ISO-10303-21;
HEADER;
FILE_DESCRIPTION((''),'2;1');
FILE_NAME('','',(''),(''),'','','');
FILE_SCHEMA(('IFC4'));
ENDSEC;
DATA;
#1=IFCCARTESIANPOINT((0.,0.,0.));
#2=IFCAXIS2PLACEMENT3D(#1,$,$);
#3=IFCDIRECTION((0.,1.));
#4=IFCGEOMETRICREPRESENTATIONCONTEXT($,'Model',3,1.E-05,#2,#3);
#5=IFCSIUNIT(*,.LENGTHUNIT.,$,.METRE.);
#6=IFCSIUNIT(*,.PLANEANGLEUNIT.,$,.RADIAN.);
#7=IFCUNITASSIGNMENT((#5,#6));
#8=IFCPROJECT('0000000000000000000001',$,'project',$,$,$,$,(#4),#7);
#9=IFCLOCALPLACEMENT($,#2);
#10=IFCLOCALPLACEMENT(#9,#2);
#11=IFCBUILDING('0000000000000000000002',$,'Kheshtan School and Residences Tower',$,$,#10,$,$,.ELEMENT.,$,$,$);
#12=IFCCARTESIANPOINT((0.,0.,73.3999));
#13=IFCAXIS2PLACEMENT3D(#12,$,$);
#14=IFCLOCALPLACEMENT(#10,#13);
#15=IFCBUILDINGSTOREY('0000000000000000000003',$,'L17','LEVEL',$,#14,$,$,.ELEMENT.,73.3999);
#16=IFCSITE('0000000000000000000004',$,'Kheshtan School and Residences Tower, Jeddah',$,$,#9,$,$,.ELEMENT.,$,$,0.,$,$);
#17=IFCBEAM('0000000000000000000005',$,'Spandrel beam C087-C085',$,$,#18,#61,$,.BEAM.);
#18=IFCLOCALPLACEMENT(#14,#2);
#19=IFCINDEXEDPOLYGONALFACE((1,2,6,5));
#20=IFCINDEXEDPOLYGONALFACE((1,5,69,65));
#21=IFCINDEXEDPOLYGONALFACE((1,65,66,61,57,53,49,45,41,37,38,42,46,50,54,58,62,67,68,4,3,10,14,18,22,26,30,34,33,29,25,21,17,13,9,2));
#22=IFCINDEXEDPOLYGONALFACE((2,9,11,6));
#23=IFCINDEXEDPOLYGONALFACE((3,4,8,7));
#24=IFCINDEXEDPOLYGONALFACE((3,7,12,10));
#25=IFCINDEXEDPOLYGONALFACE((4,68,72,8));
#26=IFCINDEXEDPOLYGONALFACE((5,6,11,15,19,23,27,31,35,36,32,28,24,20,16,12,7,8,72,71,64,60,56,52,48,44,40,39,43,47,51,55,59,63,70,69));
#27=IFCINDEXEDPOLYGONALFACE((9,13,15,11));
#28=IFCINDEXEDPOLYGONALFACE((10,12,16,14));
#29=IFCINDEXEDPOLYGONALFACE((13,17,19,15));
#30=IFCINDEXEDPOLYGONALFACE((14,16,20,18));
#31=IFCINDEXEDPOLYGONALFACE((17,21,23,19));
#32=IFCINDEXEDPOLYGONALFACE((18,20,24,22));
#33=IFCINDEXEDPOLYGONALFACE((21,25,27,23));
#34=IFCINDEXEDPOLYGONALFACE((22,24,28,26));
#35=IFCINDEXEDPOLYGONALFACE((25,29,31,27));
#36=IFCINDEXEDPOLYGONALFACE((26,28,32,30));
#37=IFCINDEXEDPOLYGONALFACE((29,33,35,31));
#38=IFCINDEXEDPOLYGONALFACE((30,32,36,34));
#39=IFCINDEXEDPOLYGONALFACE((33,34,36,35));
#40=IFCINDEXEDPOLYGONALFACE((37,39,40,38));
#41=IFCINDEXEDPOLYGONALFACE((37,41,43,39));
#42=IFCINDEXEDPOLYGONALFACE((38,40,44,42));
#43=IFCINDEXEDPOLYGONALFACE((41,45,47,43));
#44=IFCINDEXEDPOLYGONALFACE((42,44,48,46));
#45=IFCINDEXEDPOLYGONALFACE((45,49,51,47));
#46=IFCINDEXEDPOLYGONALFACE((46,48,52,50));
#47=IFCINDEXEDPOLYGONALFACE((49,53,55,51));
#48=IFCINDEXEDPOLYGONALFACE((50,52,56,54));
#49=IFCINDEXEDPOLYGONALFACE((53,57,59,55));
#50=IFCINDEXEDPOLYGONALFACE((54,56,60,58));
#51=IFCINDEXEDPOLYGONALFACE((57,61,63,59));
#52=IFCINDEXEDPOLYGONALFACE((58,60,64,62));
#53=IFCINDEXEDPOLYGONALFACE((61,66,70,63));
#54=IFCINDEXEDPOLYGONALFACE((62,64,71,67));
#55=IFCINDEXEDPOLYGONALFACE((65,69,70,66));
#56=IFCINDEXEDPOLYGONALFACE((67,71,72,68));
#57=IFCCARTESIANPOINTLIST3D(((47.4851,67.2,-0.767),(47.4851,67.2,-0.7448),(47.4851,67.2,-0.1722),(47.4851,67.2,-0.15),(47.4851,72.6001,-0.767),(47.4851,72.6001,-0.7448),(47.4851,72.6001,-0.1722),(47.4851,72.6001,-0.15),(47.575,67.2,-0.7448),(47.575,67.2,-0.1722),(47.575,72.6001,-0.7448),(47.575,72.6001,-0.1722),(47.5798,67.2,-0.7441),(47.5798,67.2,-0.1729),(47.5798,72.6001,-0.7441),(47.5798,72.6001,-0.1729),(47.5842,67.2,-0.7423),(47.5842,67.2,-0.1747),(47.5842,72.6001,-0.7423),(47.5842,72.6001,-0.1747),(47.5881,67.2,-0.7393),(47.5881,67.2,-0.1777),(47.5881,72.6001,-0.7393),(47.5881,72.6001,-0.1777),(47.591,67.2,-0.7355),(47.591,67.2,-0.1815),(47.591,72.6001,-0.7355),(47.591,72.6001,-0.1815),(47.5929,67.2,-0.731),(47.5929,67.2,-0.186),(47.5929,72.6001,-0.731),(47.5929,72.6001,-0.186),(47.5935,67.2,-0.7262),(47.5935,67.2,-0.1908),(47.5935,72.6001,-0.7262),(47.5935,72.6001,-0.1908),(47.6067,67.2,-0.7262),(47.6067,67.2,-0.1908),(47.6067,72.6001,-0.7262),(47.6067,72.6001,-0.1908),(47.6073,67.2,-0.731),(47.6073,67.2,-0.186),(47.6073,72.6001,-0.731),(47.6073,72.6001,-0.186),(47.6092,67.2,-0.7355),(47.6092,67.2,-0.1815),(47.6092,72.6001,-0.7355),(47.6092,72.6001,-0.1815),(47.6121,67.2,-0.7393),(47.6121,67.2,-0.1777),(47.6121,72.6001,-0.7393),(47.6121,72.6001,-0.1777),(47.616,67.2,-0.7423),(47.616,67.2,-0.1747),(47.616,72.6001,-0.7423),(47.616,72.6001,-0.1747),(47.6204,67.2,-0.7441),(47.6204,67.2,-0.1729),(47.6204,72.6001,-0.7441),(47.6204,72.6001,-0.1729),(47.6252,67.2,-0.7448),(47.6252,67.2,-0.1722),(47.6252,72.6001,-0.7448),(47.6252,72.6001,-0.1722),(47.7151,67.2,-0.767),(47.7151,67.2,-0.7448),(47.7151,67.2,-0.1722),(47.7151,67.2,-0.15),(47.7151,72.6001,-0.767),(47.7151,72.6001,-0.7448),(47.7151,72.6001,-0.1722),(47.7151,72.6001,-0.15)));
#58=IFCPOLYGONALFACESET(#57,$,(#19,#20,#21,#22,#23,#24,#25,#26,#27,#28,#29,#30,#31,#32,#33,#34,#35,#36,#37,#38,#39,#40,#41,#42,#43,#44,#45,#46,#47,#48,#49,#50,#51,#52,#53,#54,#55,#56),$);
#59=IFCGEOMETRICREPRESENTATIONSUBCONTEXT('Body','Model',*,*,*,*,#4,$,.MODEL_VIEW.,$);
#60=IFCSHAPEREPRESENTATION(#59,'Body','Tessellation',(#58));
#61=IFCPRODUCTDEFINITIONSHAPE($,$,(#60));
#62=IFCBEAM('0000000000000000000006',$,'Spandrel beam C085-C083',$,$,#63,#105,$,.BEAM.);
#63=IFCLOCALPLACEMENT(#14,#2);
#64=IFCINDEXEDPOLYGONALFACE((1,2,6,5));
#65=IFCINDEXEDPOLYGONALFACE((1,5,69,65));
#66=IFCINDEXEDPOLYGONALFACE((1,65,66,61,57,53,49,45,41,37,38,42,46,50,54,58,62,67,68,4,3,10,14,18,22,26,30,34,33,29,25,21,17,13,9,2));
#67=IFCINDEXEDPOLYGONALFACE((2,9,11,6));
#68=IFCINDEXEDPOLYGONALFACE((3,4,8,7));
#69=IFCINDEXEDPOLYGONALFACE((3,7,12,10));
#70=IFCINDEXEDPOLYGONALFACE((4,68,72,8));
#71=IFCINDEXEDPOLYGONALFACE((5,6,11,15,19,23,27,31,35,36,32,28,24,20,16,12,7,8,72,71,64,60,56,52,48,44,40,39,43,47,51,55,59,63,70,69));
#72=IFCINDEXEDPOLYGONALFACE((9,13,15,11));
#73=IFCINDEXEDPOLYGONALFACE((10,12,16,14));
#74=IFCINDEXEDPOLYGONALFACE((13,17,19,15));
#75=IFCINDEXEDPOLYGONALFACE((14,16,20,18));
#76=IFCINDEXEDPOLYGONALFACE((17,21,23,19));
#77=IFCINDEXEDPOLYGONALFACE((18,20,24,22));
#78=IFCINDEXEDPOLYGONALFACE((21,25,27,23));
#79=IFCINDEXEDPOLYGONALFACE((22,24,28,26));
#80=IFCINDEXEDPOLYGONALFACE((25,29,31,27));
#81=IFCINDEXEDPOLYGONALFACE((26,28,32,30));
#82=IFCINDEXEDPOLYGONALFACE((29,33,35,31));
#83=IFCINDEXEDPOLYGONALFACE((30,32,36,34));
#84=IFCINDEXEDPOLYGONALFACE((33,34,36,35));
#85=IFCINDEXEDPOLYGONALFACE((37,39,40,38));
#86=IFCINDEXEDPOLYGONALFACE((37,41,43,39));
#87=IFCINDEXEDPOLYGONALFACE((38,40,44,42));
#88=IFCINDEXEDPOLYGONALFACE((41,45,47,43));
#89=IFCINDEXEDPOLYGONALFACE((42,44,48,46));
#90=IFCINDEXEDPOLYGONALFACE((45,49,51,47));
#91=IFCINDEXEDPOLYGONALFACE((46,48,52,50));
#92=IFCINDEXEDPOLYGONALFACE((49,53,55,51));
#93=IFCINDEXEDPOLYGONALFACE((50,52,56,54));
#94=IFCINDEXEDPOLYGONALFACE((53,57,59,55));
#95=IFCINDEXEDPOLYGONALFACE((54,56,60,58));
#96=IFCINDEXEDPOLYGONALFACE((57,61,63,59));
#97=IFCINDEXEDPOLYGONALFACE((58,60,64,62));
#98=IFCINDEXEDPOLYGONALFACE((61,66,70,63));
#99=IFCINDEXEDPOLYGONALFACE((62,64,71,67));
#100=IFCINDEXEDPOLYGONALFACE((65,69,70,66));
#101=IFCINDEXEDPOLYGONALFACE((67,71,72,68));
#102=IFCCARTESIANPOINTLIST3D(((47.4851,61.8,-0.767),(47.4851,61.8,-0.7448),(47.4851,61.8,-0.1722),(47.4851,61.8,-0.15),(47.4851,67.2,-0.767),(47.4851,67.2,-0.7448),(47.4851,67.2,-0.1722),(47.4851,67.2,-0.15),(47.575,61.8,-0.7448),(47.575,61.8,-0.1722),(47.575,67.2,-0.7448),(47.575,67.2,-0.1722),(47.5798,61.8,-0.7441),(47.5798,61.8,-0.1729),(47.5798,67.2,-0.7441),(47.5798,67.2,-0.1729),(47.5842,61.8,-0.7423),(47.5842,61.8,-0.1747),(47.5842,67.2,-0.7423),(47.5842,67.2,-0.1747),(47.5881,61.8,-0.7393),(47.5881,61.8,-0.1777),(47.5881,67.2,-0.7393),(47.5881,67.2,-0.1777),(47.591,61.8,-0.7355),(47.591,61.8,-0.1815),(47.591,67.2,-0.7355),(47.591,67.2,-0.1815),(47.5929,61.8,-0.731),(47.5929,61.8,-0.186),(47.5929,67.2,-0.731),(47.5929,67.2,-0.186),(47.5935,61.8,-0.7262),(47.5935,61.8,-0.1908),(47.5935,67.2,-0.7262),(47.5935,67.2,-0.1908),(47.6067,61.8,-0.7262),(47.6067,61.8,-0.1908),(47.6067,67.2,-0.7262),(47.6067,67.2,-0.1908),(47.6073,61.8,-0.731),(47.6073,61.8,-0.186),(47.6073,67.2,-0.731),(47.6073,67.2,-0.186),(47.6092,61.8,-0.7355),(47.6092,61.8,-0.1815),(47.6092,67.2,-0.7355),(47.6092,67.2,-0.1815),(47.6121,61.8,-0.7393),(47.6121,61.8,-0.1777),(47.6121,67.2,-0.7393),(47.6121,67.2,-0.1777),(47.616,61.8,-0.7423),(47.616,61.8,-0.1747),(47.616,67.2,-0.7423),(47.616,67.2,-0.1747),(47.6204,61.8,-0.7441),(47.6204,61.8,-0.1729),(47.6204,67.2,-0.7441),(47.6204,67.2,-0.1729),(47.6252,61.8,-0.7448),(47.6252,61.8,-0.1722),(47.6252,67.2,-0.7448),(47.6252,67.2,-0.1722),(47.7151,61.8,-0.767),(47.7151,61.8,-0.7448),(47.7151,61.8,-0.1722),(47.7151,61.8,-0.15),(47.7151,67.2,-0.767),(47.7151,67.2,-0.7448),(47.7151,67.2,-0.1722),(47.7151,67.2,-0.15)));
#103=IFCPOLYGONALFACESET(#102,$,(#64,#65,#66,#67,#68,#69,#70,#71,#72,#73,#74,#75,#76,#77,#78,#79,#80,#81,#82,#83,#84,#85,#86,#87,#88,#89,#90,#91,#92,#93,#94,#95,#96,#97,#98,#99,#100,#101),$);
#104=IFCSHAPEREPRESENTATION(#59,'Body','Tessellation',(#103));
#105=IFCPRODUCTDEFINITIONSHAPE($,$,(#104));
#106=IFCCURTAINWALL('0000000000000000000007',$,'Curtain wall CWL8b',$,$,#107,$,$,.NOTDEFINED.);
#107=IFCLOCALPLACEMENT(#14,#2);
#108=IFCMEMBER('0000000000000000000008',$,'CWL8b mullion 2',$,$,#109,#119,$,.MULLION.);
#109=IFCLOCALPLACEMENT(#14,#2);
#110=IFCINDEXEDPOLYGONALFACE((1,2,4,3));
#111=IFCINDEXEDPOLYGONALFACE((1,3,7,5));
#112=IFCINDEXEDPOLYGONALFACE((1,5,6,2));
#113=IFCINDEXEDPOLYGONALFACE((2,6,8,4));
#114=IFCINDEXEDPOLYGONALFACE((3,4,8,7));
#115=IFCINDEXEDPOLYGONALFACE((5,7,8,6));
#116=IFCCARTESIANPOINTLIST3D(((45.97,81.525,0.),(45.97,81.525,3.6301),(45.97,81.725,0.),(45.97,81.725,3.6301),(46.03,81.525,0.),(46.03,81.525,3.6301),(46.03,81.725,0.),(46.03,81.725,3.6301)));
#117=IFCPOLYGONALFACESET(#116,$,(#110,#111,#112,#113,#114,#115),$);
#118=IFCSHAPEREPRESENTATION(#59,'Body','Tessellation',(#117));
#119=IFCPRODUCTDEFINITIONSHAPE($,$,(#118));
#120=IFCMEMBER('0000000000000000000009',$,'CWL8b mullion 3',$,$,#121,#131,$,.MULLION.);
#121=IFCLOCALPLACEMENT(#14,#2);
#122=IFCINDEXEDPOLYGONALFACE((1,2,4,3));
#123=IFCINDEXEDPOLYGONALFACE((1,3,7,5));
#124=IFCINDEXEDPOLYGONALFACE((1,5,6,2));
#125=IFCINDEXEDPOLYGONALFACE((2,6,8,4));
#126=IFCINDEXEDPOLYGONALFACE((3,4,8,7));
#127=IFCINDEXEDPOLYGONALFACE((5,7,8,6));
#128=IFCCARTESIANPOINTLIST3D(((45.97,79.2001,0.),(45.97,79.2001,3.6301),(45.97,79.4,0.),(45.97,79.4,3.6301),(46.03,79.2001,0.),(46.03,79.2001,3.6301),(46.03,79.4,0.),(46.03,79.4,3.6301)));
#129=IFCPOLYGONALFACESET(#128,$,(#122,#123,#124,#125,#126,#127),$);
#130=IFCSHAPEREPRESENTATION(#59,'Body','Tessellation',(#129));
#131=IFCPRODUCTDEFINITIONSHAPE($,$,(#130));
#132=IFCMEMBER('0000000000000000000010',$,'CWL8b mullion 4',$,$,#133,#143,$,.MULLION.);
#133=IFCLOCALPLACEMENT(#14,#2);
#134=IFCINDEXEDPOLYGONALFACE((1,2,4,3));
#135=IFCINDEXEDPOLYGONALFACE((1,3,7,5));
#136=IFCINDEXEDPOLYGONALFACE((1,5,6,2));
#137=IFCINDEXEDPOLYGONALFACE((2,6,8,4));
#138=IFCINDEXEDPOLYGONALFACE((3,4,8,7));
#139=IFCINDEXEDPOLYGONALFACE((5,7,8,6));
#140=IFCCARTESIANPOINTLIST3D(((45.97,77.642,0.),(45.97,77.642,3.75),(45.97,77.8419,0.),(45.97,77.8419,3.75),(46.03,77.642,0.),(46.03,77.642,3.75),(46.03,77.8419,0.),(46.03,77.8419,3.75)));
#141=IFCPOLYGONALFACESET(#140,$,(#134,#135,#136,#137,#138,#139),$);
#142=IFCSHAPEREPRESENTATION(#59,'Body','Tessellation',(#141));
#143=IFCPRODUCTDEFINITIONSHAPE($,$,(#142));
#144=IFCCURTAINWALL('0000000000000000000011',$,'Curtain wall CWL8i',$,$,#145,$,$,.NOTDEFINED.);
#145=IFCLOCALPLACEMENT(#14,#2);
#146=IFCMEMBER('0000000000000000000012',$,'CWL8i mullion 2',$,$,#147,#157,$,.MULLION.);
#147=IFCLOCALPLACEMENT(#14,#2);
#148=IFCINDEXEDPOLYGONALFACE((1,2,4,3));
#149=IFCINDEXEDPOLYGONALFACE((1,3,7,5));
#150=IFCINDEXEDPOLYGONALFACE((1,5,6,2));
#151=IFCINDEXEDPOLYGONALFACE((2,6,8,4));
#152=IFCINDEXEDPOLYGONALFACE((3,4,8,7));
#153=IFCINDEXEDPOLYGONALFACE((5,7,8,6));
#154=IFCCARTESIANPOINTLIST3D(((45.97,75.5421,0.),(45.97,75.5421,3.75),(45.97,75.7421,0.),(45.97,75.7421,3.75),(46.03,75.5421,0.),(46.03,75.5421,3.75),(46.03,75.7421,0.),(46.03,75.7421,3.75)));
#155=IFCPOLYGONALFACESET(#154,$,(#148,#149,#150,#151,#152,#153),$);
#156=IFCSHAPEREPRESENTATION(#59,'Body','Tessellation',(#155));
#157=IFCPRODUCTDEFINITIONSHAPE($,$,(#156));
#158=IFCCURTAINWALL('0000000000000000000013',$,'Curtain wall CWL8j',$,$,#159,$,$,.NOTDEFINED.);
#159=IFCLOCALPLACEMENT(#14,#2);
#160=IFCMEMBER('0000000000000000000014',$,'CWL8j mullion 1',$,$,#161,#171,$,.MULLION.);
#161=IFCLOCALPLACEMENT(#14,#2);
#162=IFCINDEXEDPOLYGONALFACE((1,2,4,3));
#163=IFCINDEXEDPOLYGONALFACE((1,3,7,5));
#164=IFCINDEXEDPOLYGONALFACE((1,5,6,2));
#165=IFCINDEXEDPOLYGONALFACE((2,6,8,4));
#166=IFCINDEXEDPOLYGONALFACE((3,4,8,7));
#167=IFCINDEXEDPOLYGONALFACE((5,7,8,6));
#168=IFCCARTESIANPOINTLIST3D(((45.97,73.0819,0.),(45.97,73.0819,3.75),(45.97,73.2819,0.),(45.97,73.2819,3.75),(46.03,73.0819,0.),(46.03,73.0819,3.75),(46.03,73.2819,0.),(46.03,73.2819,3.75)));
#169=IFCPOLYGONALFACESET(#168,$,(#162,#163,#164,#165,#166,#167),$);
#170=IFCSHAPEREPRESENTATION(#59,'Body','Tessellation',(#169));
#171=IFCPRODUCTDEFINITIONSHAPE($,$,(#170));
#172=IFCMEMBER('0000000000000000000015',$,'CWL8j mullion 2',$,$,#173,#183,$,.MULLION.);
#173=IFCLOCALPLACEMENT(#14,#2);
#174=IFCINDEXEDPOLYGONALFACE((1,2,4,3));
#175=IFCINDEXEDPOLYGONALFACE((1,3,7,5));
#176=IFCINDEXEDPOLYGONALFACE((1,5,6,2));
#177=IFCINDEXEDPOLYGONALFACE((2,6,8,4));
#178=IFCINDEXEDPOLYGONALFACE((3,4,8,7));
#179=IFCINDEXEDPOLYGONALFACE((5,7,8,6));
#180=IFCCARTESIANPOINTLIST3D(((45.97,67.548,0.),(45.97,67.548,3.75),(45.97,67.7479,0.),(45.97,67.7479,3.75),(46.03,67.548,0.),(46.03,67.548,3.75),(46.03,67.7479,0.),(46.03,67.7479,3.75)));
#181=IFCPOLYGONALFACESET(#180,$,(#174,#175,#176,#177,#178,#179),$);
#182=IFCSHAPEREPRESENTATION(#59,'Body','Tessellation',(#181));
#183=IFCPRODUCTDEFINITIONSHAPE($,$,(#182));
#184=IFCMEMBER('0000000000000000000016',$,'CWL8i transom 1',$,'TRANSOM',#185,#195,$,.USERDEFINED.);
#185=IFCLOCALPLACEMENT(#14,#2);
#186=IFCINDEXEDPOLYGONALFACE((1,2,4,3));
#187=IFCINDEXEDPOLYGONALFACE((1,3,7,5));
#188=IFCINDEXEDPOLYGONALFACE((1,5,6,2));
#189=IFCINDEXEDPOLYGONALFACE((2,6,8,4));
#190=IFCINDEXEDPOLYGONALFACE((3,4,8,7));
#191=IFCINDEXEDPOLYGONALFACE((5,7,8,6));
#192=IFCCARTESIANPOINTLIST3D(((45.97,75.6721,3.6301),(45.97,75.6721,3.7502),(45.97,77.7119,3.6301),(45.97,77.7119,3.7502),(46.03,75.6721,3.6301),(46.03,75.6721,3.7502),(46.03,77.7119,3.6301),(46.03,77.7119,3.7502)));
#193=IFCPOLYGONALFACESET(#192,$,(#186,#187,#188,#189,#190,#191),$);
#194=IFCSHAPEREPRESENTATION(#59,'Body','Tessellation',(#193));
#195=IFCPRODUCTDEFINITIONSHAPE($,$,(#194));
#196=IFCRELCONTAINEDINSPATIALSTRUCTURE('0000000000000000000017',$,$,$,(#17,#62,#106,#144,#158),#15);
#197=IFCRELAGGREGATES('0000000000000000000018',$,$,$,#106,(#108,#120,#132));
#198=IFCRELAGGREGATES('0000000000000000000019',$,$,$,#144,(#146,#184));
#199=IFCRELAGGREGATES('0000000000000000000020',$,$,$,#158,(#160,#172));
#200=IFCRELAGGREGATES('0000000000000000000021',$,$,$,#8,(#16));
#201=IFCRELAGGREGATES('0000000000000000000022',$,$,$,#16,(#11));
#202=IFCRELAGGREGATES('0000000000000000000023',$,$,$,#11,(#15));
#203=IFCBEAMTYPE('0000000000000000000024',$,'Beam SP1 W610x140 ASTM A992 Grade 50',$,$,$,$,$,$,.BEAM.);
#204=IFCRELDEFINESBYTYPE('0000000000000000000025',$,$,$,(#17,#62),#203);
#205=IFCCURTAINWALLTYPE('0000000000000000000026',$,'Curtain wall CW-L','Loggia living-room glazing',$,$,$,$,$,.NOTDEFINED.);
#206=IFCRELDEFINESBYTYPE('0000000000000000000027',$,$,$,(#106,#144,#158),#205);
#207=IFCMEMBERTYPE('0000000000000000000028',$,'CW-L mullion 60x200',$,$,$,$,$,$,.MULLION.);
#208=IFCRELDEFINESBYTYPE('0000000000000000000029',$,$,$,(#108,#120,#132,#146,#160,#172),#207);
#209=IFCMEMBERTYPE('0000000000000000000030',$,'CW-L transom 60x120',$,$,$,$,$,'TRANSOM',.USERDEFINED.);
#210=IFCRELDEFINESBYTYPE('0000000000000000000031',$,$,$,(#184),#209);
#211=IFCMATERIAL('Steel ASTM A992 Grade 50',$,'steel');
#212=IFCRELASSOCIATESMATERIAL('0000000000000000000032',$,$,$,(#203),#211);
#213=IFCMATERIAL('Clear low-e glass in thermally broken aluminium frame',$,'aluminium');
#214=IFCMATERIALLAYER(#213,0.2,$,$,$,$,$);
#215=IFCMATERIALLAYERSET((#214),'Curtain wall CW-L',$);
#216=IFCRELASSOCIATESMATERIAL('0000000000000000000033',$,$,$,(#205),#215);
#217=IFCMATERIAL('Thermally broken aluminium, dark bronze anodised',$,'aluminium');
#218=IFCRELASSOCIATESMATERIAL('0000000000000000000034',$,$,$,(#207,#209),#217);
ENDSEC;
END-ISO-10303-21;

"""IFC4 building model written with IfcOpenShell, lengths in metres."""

from ifc_helpers import new_model, si_unit, direction, frame, origin, origin_2d, place, context, subcontext, project, spatial, rectangle, i_section, extrude, material, layer, layer_set, material_profile, profile_set, type_object, element, aggregate, save


model = new_model("IFC4")

# Units and contexts
model_context = context("Model", 3, precision=1e-05, world=origin(), true_north=direction((0.0, 1.0)))
body_context = subcontext(model_context, "Body", "Model", "MODEL_VIEW")
ifc_project = project(units=[si_unit("LENGTHUNIT", "METRE"), si_unit("PLANEANGLEUNIT", "RADIAN")], contexts=[model_context])

# Site, building, storey
site_placement = place(None, origin())
site = spatial("IfcSite", under=ifc_project, at=site_placement, Name="Kheshtan School and Residences Tower, Jeddah", CompositionType="ELEMENT", RefElevation=0.0)
building_placement = place(site_placement, origin())
building = spatial("IfcBuilding", under=site, at=building_placement, Name="Kheshtan School and Residences Tower", CompositionType="ELEMENT")
storey_placement = place(building_placement, frame((0.0, 0.0, 73.3999)))
storey = spatial("IfcBuildingStorey", under=building, at=storey_placement, Name="L17", Description="LEVEL", CompositionType="ELEMENT", Elevation=73.3999)

# Shared definitions
ifc_material_1 = material(Name="Steel ASTM A992 Grade 50", Category="steel")

# Beams
ifc_material_profile_1 = material_profile(ifc_material_1, i_section(OverallWidth=0.23, OverallDepth=0.6169, WebThickness=0.0132, FlangeThickness=0.0222, FilletRadius=0.0186, at=origin_2d()), Name="W610x140")
ifc_profile_set_1 = profile_set([ifc_material_profile_1], Name="Steel ASTM A992 Grade 50")
beam_type = type_object("IfcBeamType", Name="Beam SP1 W610x140 ASTM A992 Grade 50", PredefinedType="BEAM", material=ifc_profile_set_1)
beam_1_placement = place(storey_placement, frame((47.6001, 72.6001, -0.4585), z_axis=(0.0, -1.0, 0.0), x_axis=(1.0, 0.0, 0.0)))
element("IfcBeam", 1, at=beam_1_placement, inside=storey, type_object=beam_type, Name="Spandrel beam C087-C085", PredefinedType="BEAM", context=body_context, shape_type="SweptSolid", body=[
    extrude(i_section(OverallWidth=0.23, OverallDepth=0.6169, WebThickness=0.0132, FlangeThickness=0.0222, FilletRadius=0.0186, at=origin_2d()), origin(), (0.0, 0.0, 1.0), 5.4001),
])
beam_2_placement = place(storey_placement, frame((47.6001, 67.2, -0.4585), z_axis=(0.0, -1.0, 0.0), x_axis=(1.0, 0.0, 0.0)))
element("IfcBeam", 2, at=beam_2_placement, inside=storey, type_object=beam_type, Name="Spandrel beam C085-C083", PredefinedType="BEAM", context=body_context, shape_type="SweptSolid", body=[
    extrude(i_section(OverallWidth=0.23, OverallDepth=0.6169, WebThickness=0.0132, FlangeThickness=0.0222, FilletRadius=0.0186, at=origin_2d()), origin(), (0.0, 0.0, 1.0), 5.3999),
])

# Curtain wall, members
ifc_material_2 = material(Name="Clear low-e glass in thermally broken aluminium frame", Category="aluminium")
ifc_layer_1 = layer(ifc_material_2, 0.2)
ifc_layer_set_1 = layer_set([ifc_layer_1], Name="Curtain wall CW-L")
curtain_wall_type = type_object("IfcCurtainWallType", Name="Curtain wall CW-L", Description="Loggia living-room glazing", PredefinedType="NOTDEFINED", material=ifc_layer_set_1)
curtain_wall_1_placement = place(storey_placement, origin())
curtain_wall_1 = element("IfcCurtainWall", 3, at=curtain_wall_1_placement, inside=storey, type_object=curtain_wall_type, Name="Curtain wall CWL8b", PredefinedType="NOTDEFINED")
ifc_material_3 = material(Name="Thermally broken aluminium, dark bronze anodised", Category="aluminium")
ifc_material_profile_2 = material_profile(ifc_material_3, rectangle(XDim=0.0601, YDim=0.2, at=origin_2d()), Name="CW-L mullion 60x200")
ifc_profile_set_2 = profile_set([ifc_material_profile_2], Name="Thermally broken aluminium, dark bronze anodised")
member_type_1 = type_object("IfcMemberType", Name="CW-L mullion 60x200", PredefinedType="MULLION", material=ifc_profile_set_2)
member_1_placement = place(storey_placement, frame((46.0, 81.625, 0.0), z_axis=(0.0, 0.0, 1.0), x_axis=(1.0, 0.0, 0.0)))
member_1 = element("IfcMember", 4, at=member_1_placement, type_object=member_type_1, Name="CWL8b mullion 2", PredefinedType="MULLION", context=body_context, shape_type="SweptSolid", body=[
    extrude(rectangle(XDim=0.0601, YDim=0.2, at=origin_2d()), origin(), (0.0, 0.0, 1.0), 3.6301),
])
member_2_placement = place(storey_placement, frame((46.0, 79.3, 0.0), z_axis=(0.0, 0.0, 1.0), x_axis=(1.0, 0.0, 0.0)))
member_2 = element("IfcMember", 5, at=member_2_placement, type_object=member_type_1, Name="CWL8b mullion 3", PredefinedType="MULLION", context=body_context, shape_type="SweptSolid", body=[
    extrude(rectangle(XDim=0.0601, YDim=0.2, at=origin_2d()), origin(), (0.0, 0.0, 1.0), 3.6301),
])
member_3_placement = place(storey_placement, frame((46.0, 77.7419, 0.0), z_axis=(0.0, 0.0, 1.0), x_axis=(1.0, 0.0, 0.0)))
member_3 = element("IfcMember", 6, at=member_3_placement, type_object=member_type_1, Name="CWL8b mullion 4", PredefinedType="MULLION", context=body_context, shape_type="SweptSolid", body=[
    extrude(rectangle(XDim=0.0601, YDim=0.2, at=origin_2d()), origin(), (0.0, 0.0, 1.0), 3.75),
])

# Curtain wall, member
curtain_wall_2_placement = place(storey_placement, origin())
curtain_wall_2 = element("IfcCurtainWall", 7, at=curtain_wall_2_placement, inside=storey, type_object=curtain_wall_type, Name="Curtain wall CWL8i", PredefinedType="NOTDEFINED")
member_4_placement = place(storey_placement, frame((46.0, 75.6421, 0.0), z_axis=(0.0, 0.0, 1.0), x_axis=(1.0, 0.0, 0.0)))
member_4 = element("IfcMember", 8, at=member_4_placement, type_object=member_type_1, Name="CWL8i mullion 2", PredefinedType="MULLION", context=body_context, shape_type="SweptSolid", body=[
    extrude(rectangle(XDim=0.0601, YDim=0.2, at=origin_2d()), origin(), (0.0, 0.0, 1.0), 3.75),
])

# Curtain wall, members
curtain_wall_3_placement = place(storey_placement, origin())
curtain_wall_3 = element("IfcCurtainWall", 9, at=curtain_wall_3_placement, inside=storey, type_object=curtain_wall_type, Name="Curtain wall CWL8j", PredefinedType="NOTDEFINED")
member_5_placement = place(storey_placement, frame((46.0, 73.1819, 0.0), z_axis=(0.0, 0.0, 1.0), x_axis=(1.0, 0.0, 0.0)))
member_5 = element("IfcMember", 10, at=member_5_placement, type_object=member_type_1, Name="CWL8j mullion 1", PredefinedType="MULLION", context=body_context, shape_type="SweptSolid", body=[
    extrude(rectangle(XDim=0.0601, YDim=0.2, at=origin_2d()), origin(), (0.0, 0.0, 1.0), 3.75),
])
member_6_placement = place(storey_placement, frame((46.0, 67.6479, 0.0), z_axis=(0.0, 0.0, 1.0), x_axis=(1.0, 0.0, 0.0)))
member_6 = element("IfcMember", 11, at=member_6_placement, type_object=member_type_1, Name="CWL8j mullion 2", PredefinedType="MULLION", context=body_context, shape_type="SweptSolid", body=[
    extrude(rectangle(XDim=0.0601, YDim=0.2, at=origin_2d()), origin(), (0.0, 0.0, 1.0), 3.75),
])

# Member
ifc_material_profile_3 = material_profile(ifc_material_3, rectangle(XDim=0.0601, YDim=0.1201, at=origin_2d()), Name="CW-L transom 60x120")
ifc_profile_set_3 = profile_set([ifc_material_profile_3], Name="Thermally broken aluminium, dark bronze anodised")
member_type_2 = type_object("IfcMemberType", Name="CW-L transom 60x120", ElementType="TRANSOM", PredefinedType="USERDEFINED", material=ifc_profile_set_3)
member_7_placement = place(storey_placement, frame((46.0, 77.7119, 3.6902), z_axis=(0.0, -1.0, 0.0), x_axis=(1.0, 0.0, 0.0)))
member_7 = element("IfcMember", 12, at=member_7_placement, type_object=member_type_2, Name="CWL8i transom 1", ObjectType="TRANSOM", PredefinedType="USERDEFINED", context=body_context, shape_type="SweptSolid", body=[
    extrude(rectangle(XDim=0.0601, YDim=0.1201, at=origin_2d()), origin(), (0.0, 0.0, 1.0), 2.0398),
])

aggregate(curtain_wall_1, [member_1, member_2, member_3])
aggregate(curtain_wall_2, [member_4, member_7])
aggregate(curtain_wall_3, [member_5, member_6])

save(model, "model.ifc")
